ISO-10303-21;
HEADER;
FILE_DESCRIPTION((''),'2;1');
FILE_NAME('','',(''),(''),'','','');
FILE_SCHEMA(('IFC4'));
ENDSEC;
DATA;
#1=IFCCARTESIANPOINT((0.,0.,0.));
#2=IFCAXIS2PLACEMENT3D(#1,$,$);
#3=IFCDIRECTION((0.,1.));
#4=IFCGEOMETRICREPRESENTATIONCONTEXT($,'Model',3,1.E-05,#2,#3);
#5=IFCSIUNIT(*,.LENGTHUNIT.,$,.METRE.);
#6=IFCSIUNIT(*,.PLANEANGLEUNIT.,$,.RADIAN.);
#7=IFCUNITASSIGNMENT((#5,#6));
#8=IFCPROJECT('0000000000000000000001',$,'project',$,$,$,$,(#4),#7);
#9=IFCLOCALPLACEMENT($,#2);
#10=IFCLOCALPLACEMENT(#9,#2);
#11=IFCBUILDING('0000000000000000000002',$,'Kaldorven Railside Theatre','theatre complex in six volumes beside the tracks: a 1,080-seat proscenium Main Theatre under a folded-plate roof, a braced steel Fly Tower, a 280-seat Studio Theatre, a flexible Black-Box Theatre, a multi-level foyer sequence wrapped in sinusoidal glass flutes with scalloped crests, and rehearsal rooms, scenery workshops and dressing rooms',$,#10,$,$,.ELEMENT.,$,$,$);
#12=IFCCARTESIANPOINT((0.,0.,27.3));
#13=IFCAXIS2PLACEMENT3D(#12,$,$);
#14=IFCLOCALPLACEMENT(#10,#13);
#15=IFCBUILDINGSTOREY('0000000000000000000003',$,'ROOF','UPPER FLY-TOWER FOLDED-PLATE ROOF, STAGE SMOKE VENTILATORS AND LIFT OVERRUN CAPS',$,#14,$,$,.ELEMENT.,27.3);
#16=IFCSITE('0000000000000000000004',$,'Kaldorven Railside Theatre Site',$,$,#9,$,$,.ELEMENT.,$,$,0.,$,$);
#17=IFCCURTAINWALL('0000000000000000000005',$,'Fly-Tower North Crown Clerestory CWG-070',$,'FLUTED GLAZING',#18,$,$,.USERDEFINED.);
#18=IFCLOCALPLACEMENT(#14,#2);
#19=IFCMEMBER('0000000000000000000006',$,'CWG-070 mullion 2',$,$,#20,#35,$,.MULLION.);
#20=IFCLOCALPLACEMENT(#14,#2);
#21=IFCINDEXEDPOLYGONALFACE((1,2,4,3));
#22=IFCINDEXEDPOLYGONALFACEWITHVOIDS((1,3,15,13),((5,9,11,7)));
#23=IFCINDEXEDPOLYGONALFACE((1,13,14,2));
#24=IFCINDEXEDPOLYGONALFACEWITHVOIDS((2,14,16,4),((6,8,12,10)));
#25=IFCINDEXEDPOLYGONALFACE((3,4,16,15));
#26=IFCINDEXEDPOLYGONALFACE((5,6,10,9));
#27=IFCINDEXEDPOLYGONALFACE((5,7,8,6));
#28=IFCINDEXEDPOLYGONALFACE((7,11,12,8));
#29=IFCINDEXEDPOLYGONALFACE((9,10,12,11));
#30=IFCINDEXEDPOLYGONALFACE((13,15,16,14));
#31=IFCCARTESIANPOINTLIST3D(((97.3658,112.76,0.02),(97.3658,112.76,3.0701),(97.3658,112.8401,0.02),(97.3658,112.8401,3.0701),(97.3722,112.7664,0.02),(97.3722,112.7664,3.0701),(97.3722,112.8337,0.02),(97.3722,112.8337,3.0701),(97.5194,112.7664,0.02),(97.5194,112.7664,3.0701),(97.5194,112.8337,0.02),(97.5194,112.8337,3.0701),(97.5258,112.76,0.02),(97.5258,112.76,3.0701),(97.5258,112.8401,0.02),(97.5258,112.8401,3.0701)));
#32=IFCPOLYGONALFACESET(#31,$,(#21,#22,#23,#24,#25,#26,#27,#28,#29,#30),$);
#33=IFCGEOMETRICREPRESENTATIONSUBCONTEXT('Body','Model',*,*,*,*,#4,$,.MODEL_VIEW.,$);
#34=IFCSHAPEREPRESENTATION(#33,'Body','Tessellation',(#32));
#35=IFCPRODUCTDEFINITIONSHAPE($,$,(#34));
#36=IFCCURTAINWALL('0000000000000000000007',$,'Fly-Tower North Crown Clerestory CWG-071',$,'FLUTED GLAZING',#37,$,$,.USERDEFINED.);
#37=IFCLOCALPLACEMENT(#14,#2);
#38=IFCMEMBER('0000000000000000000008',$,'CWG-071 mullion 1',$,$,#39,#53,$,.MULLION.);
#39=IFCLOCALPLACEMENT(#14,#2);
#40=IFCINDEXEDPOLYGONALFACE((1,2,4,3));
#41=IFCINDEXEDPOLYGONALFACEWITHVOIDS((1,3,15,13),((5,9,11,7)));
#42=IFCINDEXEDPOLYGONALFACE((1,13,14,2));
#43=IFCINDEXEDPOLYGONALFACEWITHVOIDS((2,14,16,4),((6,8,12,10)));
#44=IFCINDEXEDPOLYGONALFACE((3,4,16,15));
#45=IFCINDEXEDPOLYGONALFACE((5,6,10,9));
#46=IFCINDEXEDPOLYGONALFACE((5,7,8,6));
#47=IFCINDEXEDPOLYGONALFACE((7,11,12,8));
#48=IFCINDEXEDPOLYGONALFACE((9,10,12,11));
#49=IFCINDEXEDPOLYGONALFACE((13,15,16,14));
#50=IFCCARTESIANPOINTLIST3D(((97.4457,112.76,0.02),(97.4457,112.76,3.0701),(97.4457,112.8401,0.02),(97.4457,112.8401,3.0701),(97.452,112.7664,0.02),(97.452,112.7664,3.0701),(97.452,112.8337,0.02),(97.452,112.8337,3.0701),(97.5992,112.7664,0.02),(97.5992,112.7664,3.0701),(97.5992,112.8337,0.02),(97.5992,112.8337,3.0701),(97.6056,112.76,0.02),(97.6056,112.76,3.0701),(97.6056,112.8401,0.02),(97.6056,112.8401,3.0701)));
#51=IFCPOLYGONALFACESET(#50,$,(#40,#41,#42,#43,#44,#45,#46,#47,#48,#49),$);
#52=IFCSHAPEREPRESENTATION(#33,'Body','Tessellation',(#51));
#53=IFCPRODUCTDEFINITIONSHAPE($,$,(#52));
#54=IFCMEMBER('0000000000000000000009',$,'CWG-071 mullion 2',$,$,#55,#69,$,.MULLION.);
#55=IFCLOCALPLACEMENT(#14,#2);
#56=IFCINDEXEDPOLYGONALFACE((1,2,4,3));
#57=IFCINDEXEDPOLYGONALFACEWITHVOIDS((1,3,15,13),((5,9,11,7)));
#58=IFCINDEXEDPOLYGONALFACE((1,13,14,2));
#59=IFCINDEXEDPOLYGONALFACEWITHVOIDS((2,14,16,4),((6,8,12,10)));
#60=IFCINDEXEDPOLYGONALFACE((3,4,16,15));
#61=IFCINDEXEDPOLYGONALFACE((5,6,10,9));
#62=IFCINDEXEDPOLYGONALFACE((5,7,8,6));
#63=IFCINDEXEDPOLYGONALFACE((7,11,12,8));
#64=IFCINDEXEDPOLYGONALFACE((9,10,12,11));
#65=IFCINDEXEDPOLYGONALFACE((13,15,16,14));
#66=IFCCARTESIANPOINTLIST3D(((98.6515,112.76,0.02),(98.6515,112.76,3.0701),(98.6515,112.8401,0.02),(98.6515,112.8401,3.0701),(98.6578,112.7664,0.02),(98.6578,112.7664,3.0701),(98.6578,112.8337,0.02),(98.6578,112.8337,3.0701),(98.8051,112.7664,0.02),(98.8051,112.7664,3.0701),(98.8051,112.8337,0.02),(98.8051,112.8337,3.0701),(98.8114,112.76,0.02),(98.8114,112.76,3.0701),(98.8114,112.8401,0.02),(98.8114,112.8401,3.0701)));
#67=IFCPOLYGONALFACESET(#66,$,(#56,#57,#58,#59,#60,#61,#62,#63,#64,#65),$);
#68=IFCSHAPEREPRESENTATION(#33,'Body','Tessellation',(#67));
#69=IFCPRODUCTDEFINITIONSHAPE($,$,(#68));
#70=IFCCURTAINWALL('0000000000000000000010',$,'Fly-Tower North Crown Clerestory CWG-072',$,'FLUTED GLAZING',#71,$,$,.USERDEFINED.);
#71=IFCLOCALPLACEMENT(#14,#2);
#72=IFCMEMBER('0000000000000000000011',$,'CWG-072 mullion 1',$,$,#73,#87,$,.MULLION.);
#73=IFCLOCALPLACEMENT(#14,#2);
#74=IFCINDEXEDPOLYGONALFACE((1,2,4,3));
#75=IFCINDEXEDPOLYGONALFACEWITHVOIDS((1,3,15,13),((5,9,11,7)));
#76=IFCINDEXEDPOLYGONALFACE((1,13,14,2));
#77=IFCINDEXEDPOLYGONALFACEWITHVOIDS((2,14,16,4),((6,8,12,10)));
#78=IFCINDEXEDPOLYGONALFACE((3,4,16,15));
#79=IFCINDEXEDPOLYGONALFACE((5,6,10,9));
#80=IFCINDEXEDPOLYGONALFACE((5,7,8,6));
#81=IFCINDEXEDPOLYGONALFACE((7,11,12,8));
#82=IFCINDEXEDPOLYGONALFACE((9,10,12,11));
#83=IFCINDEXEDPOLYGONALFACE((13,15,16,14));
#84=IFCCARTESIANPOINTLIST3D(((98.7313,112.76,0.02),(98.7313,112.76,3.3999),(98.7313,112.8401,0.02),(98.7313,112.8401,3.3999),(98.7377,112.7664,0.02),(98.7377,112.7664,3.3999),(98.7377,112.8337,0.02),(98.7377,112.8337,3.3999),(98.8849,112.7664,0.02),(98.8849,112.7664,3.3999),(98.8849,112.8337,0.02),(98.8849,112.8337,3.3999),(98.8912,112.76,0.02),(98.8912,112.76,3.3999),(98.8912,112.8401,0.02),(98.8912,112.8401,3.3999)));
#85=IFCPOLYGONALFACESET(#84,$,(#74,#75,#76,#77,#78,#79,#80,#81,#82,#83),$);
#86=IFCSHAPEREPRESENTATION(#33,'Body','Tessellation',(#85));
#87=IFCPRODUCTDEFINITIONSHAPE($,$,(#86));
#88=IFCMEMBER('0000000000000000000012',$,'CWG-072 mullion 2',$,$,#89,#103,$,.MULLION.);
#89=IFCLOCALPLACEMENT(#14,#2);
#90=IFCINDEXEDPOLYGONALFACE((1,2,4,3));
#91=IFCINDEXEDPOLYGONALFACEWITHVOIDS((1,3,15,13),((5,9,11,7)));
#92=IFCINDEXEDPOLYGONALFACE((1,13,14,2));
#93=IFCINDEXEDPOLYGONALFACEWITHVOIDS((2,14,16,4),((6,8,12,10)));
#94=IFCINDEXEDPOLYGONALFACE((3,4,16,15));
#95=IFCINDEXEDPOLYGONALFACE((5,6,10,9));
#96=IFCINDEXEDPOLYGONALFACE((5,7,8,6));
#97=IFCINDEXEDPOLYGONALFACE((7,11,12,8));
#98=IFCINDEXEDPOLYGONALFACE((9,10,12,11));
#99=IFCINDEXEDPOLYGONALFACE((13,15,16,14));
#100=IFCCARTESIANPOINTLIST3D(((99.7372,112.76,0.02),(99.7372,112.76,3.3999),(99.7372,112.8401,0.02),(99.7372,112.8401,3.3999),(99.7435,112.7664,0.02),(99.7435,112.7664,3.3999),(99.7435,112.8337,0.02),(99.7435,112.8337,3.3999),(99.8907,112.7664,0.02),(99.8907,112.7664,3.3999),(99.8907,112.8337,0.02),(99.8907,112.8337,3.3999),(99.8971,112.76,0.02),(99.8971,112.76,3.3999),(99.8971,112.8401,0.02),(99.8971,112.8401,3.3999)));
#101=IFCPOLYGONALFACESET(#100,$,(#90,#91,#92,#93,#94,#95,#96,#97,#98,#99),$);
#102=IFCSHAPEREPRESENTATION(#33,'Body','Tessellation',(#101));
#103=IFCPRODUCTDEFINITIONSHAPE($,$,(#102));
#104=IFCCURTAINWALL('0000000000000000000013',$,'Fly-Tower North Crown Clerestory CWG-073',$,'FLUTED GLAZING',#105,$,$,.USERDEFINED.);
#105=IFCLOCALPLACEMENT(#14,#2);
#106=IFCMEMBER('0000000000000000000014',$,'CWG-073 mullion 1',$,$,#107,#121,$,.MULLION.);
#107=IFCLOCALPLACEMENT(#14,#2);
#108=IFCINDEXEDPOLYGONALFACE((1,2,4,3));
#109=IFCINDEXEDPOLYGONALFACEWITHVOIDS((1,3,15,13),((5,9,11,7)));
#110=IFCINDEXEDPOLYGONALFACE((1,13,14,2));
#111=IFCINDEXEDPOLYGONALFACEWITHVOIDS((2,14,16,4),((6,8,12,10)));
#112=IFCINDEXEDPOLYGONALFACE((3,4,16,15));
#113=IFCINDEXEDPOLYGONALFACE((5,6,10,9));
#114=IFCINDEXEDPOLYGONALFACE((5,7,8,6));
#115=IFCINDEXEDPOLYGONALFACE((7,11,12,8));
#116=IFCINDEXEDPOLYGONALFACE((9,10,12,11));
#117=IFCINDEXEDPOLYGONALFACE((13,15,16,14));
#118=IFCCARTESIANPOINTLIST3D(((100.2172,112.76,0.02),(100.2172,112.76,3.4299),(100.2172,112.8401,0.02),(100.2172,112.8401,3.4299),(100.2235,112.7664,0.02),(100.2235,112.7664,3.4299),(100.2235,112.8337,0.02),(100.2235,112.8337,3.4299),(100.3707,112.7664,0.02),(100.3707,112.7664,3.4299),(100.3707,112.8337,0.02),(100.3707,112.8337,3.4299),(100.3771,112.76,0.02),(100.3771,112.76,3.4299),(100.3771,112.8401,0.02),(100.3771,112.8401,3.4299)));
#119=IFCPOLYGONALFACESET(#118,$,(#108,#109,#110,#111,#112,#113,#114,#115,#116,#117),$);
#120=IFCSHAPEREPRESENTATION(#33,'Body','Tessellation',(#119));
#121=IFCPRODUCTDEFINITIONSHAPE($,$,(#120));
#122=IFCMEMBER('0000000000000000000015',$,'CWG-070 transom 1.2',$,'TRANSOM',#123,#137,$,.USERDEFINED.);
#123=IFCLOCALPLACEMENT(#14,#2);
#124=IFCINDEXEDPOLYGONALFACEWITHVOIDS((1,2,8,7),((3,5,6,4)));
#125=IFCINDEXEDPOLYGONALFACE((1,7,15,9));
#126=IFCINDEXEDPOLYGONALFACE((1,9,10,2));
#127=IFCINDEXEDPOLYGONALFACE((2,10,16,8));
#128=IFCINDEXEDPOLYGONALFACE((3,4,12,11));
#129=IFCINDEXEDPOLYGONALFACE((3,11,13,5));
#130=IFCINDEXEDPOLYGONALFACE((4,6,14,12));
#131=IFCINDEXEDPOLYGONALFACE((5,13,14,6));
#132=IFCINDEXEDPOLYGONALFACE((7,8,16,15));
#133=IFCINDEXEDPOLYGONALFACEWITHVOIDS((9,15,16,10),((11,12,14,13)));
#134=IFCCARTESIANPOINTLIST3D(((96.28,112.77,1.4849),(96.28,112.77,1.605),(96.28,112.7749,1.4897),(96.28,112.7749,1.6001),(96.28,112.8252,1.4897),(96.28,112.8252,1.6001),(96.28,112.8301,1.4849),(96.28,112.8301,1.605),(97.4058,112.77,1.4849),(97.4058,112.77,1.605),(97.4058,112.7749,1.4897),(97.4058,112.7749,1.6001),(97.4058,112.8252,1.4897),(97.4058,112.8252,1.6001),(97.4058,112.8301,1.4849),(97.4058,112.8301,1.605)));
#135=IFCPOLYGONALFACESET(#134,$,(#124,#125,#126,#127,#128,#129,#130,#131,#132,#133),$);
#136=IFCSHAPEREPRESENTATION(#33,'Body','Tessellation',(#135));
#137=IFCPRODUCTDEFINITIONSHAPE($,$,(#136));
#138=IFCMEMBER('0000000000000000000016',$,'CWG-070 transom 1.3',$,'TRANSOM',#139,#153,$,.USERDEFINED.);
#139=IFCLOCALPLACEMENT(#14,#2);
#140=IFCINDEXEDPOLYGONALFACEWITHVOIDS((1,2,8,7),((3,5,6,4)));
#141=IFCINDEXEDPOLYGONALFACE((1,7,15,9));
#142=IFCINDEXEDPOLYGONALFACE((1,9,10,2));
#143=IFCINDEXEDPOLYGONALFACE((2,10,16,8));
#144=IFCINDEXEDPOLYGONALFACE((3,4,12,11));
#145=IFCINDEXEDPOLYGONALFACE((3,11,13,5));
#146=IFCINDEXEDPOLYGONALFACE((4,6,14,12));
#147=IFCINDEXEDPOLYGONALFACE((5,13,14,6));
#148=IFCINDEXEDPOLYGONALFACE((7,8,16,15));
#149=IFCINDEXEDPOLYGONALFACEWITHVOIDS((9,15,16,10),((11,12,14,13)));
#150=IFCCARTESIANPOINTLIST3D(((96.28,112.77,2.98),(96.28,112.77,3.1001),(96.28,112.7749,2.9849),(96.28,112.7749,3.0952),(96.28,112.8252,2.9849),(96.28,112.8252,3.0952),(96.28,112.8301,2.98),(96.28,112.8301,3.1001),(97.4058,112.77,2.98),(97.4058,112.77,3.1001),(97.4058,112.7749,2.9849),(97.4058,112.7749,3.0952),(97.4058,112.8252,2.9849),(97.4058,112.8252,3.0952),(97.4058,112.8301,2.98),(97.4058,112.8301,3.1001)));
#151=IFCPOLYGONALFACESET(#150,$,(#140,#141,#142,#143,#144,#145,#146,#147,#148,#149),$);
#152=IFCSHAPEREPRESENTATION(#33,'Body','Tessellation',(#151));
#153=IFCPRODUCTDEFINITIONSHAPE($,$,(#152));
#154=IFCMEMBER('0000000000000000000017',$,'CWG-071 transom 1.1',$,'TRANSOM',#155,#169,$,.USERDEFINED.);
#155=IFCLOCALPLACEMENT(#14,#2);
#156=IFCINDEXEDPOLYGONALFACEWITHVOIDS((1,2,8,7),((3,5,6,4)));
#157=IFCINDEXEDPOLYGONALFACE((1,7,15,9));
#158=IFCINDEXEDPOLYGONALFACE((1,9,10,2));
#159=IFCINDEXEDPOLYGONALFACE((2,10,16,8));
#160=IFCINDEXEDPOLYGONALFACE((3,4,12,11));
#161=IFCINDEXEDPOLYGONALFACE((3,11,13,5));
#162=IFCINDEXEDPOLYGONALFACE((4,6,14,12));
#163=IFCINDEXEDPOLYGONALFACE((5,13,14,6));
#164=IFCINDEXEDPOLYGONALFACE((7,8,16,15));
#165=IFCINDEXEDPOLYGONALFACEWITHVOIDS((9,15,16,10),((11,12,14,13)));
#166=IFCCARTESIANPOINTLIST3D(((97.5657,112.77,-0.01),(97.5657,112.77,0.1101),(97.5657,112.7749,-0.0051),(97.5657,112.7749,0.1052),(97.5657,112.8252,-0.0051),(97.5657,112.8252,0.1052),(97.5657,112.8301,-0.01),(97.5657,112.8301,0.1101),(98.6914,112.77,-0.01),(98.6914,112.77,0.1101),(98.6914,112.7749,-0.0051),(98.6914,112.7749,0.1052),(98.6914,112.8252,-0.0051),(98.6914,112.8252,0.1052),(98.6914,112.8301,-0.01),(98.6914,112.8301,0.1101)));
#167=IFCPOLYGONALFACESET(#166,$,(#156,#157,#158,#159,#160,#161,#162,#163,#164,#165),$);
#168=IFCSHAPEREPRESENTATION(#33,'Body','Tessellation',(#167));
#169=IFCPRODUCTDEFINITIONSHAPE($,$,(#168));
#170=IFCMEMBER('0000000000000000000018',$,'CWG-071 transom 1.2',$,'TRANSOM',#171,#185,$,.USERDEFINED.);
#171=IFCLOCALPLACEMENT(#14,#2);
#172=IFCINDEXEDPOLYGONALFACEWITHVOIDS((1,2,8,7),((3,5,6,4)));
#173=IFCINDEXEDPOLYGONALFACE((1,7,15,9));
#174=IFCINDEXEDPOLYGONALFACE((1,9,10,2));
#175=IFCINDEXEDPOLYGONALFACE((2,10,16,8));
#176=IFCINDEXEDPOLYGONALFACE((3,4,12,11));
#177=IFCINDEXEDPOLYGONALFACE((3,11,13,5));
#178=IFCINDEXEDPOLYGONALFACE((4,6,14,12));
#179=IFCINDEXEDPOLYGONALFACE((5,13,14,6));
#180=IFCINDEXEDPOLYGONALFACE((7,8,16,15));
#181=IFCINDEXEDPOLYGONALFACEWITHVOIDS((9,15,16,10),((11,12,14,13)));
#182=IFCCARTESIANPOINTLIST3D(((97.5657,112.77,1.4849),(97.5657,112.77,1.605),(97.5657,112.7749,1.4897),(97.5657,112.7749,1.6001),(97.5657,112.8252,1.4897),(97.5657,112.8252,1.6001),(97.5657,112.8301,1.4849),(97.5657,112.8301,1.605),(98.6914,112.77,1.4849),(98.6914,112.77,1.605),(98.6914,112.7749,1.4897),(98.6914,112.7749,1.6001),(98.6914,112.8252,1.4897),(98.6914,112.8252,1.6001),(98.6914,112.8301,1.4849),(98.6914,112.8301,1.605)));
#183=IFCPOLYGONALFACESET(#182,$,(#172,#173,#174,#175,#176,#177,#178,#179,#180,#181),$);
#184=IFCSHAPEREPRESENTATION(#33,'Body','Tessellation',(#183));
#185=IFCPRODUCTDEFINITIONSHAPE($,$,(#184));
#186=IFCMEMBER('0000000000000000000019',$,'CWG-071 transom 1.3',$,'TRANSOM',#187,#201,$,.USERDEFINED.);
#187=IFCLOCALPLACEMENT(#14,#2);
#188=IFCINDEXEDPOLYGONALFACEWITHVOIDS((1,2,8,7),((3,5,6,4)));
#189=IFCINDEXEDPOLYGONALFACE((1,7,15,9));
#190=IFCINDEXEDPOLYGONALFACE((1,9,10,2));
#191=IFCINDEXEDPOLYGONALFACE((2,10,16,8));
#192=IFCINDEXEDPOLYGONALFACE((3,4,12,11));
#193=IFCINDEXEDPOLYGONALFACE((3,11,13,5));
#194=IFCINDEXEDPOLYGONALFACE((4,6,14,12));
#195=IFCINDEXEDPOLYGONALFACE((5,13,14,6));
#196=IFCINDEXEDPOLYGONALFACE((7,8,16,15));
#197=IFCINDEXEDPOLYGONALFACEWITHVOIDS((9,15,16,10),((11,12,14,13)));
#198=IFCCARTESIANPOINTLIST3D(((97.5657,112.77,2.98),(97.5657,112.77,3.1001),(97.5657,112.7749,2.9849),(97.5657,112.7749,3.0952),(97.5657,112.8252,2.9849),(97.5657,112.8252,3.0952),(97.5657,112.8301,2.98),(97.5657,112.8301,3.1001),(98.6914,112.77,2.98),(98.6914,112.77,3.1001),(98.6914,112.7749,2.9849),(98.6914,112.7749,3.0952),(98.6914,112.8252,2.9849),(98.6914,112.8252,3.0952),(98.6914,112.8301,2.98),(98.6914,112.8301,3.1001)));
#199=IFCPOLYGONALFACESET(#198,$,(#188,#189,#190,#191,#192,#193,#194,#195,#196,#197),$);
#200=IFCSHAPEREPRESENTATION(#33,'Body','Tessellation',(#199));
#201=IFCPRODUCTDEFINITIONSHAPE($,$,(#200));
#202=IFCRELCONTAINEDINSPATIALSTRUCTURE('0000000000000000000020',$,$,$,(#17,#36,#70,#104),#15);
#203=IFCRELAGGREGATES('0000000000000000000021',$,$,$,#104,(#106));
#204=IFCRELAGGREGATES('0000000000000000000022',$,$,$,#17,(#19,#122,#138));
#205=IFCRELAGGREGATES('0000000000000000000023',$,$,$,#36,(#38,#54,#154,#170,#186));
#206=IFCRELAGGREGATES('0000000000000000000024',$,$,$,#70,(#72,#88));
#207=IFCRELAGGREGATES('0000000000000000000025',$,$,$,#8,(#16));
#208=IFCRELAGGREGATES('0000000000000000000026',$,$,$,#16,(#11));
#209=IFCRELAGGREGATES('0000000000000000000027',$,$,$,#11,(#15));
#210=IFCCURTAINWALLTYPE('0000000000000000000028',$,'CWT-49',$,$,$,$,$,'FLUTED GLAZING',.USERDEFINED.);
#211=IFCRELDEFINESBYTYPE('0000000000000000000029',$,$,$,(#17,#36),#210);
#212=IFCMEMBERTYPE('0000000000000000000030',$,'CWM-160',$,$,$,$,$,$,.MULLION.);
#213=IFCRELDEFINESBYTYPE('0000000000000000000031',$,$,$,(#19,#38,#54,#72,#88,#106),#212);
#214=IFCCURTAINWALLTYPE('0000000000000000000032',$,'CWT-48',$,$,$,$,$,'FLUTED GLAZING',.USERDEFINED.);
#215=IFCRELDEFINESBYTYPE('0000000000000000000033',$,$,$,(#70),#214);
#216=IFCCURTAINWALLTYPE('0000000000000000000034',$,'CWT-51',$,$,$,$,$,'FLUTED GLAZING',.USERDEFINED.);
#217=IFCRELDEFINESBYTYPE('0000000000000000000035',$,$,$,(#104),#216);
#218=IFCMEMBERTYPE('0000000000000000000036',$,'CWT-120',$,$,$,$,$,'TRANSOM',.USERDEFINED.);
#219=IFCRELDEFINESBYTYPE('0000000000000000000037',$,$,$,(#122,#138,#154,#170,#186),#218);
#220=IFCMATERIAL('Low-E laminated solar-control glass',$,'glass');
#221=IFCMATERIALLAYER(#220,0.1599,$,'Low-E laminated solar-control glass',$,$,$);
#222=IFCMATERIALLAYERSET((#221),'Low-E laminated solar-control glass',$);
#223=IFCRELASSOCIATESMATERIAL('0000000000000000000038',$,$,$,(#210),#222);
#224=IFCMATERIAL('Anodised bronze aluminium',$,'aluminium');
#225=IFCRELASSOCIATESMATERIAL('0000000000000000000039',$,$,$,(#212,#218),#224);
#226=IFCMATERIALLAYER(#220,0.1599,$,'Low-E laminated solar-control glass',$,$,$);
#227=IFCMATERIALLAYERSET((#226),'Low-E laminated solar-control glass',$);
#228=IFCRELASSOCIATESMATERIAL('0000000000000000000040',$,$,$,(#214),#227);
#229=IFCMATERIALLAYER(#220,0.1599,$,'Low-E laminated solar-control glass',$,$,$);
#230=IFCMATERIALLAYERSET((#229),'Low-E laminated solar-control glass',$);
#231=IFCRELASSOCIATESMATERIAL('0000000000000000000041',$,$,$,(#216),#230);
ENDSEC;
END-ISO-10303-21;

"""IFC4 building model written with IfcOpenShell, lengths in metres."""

from ifc_helpers import new_model, si_unit, direction, frame, origin, origin_2d, place, context, subcontext, project, spatial, hollow_rectangle, extrude, material, layer, layer_set, material_profile, profile_set, type_object, element, aggregate, save


model = new_model("IFC4")

# Units and contexts
model_context = context("Model", 3, precision=1e-05, world=origin(), true_north=direction((0.0, 1.0)))
body_context = subcontext(model_context, "Body", "Model", "MODEL_VIEW")
ifc_project = project(units=[si_unit("LENGTHUNIT", "METRE"), si_unit("PLANEANGLEUNIT", "RADIAN")], contexts=[model_context])

# Site, building, storey
site_placement = place(None, origin())
site = spatial("IfcSite", under=ifc_project, at=site_placement, Name="Kaldorven Railside Theatre Site", CompositionType="ELEMENT", RefElevation=0.0)
building_placement = place(site_placement, origin())
building = spatial("IfcBuilding", under=site, at=building_placement, Name="Kaldorven Railside Theatre", Description="theatre complex in six volumes beside the tracks: a 1,080-seat proscenium Main Theatre under a folded-plate roof, a braced steel Fly Tower, a 280-seat Studio Theatre, a flexible Black-Box Theatre, a multi-level foyer sequence wrapped in sinusoidal glass flutes with scalloped crests, and rehearsal rooms, scenery workshops and dressing rooms", CompositionType="ELEMENT")
storey_placement = place(building_placement, frame((0.0, 0.0, 27.3)))
storey = spatial("IfcBuildingStorey", under=building, at=storey_placement, Name="ROOF", Description="UPPER FLY-TOWER FOLDED-PLATE ROOF, STAGE SMOKE VENTILATORS AND LIFT OVERRUN CAPS", CompositionType="ELEMENT", Elevation=27.3)

# Curtain wall, member
ifc_material_1 = material(Name="Low-E laminated solar-control glass", Category="glass")
ifc_layer_1 = layer(ifc_material_1, 0.1599, Name="Low-E laminated solar-control glass")
ifc_layer_set_1 = layer_set([ifc_layer_1], Name="Low-E laminated solar-control glass")
curtain_wall_type_1 = type_object("IfcCurtainWallType", Name="CWT-49", ElementType="FLUTED GLAZING", PredefinedType="USERDEFINED", material=ifc_layer_set_1)
curtain_wall_1_placement = place(storey_placement, origin())
curtain_wall_1 = element("IfcCurtainWall", 1, at=curtain_wall_1_placement, inside=storey, type_object=curtain_wall_type_1, Name="Fly-Tower North Crown Clerestory CWG-070", ObjectType="FLUTED GLAZING", PredefinedType="USERDEFINED")
ifc_material_2 = material(Name="Anodised bronze aluminium", Category="aluminium")
ifc_material_profile_1 = material_profile(ifc_material_2, hollow_rectangle(XDim=0.0801, YDim=0.1599, WallThickness=0.0063, at=origin_2d()), Name="RHS 160x80x6.3")
ifc_profile_set_1 = profile_set([ifc_material_profile_1], Name="Anodised bronze aluminium")
member_type_1 = type_object("IfcMemberType", Name="CWM-160", PredefinedType="MULLION", material=ifc_profile_set_1)
member_1_placement = place(storey_placement, frame((97.4458, 112.8, 0.02), z_axis=(0.0, 0.0, 1.0), x_axis=(0.0, 1.0, 0.0)))
member_1 = element("IfcMember", 2, at=member_1_placement, type_object=member_type_1, Name="CWG-070 mullion 2", PredefinedType="MULLION", context=body_context, shape_type="SweptSolid", body=[
    extrude(hollow_rectangle(XDim=0.0801, YDim=0.1599, WallThickness=0.0063, at=origin_2d()), origin(), (0.0, 0.0, 1.0), 3.05),
])

# Curtain walls, members
curtain_wall_2_placement = place(storey_placement, origin())
curtain_wall_2 = element("IfcCurtainWall", 3, at=curtain_wall_2_placement, inside=storey, type_object=curtain_wall_type_1, Name="Fly-Tower North Crown Clerestory CWG-071", ObjectType="FLUTED GLAZING", PredefinedType="USERDEFINED")
member_2_placement = place(storey_placement, frame((97.5256, 112.8, 0.02), z_axis=(0.0, 0.0, 1.0), x_axis=(0.0, 1.0, 0.0)))
member_2 = element("IfcMember", 4, at=member_2_placement, type_object=member_type_1, Name="CWG-071 mullion 1", PredefinedType="MULLION", context=body_context, shape_type="SweptSolid", body=[
    extrude(hollow_rectangle(XDim=0.0801, YDim=0.1599, WallThickness=0.0063, at=origin_2d()), origin(), (0.0, 0.0, 1.0), 3.05),
])
member_3_placement = place(storey_placement, frame((98.7314, 112.8, 0.02), z_axis=(0.0, 0.0, 1.0), x_axis=(0.0, 1.0, 0.0)))
member_3 = element("IfcMember", 5, at=member_3_placement, type_object=member_type_1, Name="CWG-071 mullion 2", PredefinedType="MULLION", context=body_context, shape_type="SweptSolid", body=[
    extrude(hollow_rectangle(XDim=0.0801, YDim=0.1599, WallThickness=0.0063, at=origin_2d()), origin(), (0.0, 0.0, 1.0), 3.05),
])
ifc_layer_2 = layer(ifc_material_1, 0.1599, Name="Low-E laminated solar-control glass")
ifc_layer_set_2 = layer_set([ifc_layer_2], Name="Low-E laminated solar-control glass")
curtain_wall_type_2 = type_object("IfcCurtainWallType", Name="CWT-48", ElementType="FLUTED GLAZING", PredefinedType="USERDEFINED", material=ifc_layer_set_2)
curtain_wall_3_placement = place(storey_placement, origin())
curtain_wall_3 = element("IfcCurtainWall", 6, at=curtain_wall_3_placement, inside=storey, type_object=curtain_wall_type_2, Name="Fly-Tower North Crown Clerestory CWG-072", ObjectType="FLUTED GLAZING", PredefinedType="USERDEFINED")
member_4_placement = place(storey_placement, frame((98.8113, 112.8, 0.02), z_axis=(0.0, 0.0, 1.0), x_axis=(0.0, 1.0, 0.0)))
member_4 = element("IfcMember", 7, at=member_4_placement, type_object=member_type_1, Name="CWG-072 mullion 1", PredefinedType="MULLION", context=body_context, shape_type="SweptSolid", body=[
    extrude(hollow_rectangle(XDim=0.0801, YDim=0.1599, WallThickness=0.0063, at=origin_2d()), origin(), (0.0, 0.0, 1.0), 3.3799),
])
member_5_placement = place(storey_placement, frame((99.8171, 112.8, 0.02), z_axis=(0.0, 0.0, 1.0), x_axis=(0.0, 1.0, 0.0)))
member_5 = element("IfcMember", 8, at=member_5_placement, type_object=member_type_1, Name="CWG-072 mullion 2", PredefinedType="MULLION", context=body_context, shape_type="SweptSolid", body=[
    extrude(hollow_rectangle(XDim=0.0801, YDim=0.1599, WallThickness=0.0063, at=origin_2d()), origin(), (0.0, 0.0, 1.0), 3.3799),
])

# Curtain wall, member
ifc_layer_3 = layer(ifc_material_1, 0.1599, Name="Low-E laminated solar-control glass")
ifc_layer_set_3 = layer_set([ifc_layer_3], Name="Low-E laminated solar-control glass")
curtain_wall_type_3 = type_object("IfcCurtainWallType", Name="CWT-51", ElementType="FLUTED GLAZING", PredefinedType="USERDEFINED", material=ifc_layer_set_3)
curtain_wall_4_placement = place(storey_placement, origin())
curtain_wall_4 = element("IfcCurtainWall", 9, at=curtain_wall_4_placement, inside=storey, type_object=curtain_wall_type_3, Name="Fly-Tower North Crown Clerestory CWG-073", ObjectType="FLUTED GLAZING", PredefinedType="USERDEFINED")
member_6_placement = place(storey_placement, frame((100.2971, 112.8, 0.02), z_axis=(0.0, 0.0, 1.0), x_axis=(0.0, 1.0, 0.0)))
member_6 = element("IfcMember", 10, at=member_6_placement, type_object=member_type_1, Name="CWG-073 mullion 1", PredefinedType="MULLION", context=body_context, shape_type="SweptSolid", body=[
    extrude(hollow_rectangle(XDim=0.0801, YDim=0.1599, WallThickness=0.0063, at=origin_2d()), origin(), (0.0, 0.0, 1.0), 3.4099),
])

# Members
ifc_material_profile_2 = material_profile(ifc_material_2, hollow_rectangle(XDim=0.0601, YDim=0.1201, WallThickness=0.0049, at=origin_2d()), Name="RHS 120x60x5")
ifc_profile_set_2 = profile_set([ifc_material_profile_2], Name="Anodised bronze aluminium")
member_type_2 = type_object("IfcMemberType", Name="CWT-120", ElementType="TRANSOM", PredefinedType="USERDEFINED", material=ifc_profile_set_2)
member_7_placement = place(storey_placement, frame((96.28, 112.8, 1.5449), z_axis=(1.0, 0.0, 0.0), x_axis=(0.0, 1.0, 0.0)))
member_7 = element("IfcMember", 11, at=member_7_placement, type_object=member_type_2, Name="CWG-070 transom 1.2", ObjectType="TRANSOM", PredefinedType="USERDEFINED", context=body_context, shape_type="SweptSolid", body=[
    extrude(hollow_rectangle(XDim=0.0601, YDim=0.1201, WallThickness=0.0049, at=origin_2d()), origin(), (0.0, 0.0, 1.0), 1.1257),
])
member_8_placement = place(storey_placement, frame((96.28, 112.8, 3.04), z_axis=(1.0, 0.0, 0.0), x_axis=(0.0, 1.0, 0.0)))
member_8 = element("IfcMember", 12, at=member_8_placement, type_object=member_type_2, Name="CWG-070 transom 1.3", ObjectType="TRANSOM", PredefinedType="USERDEFINED", context=body_context, shape_type="SweptSolid", body=[
    extrude(hollow_rectangle(XDim=0.0601, YDim=0.1201, WallThickness=0.0049, at=origin_2d()), origin(), (0.0, 0.0, 1.0), 1.1257),
])
member_9_placement = place(storey_placement, frame((97.5657, 112.8, 0.05), z_axis=(1.0, 0.0, 0.0), x_axis=(0.0, 1.0, 0.0)))
member_9 = element("IfcMember", 13, at=member_9_placement, type_object=member_type_2, Name="CWG-071 transom 1.1", ObjectType="TRANSOM", PredefinedType="USERDEFINED", context=body_context, shape_type="SweptSolid", body=[
    extrude(hollow_rectangle(XDim=0.0601, YDim=0.1201, WallThickness=0.0049, at=origin_2d()), origin(), (0.0, 0.0, 1.0), 1.1257),
])
member_10_placement = place(storey_placement, frame((97.5657, 112.8, 1.5449), z_axis=(1.0, 0.0, 0.0), x_axis=(0.0, 1.0, 0.0)))
member_10 = element("IfcMember", 14, at=member_10_placement, type_object=member_type_2, Name="CWG-071 transom 1.2", ObjectType="TRANSOM", PredefinedType="USERDEFINED", context=body_context, shape_type="SweptSolid", body=[
    extrude(hollow_rectangle(XDim=0.0601, YDim=0.1201, WallThickness=0.0049, at=origin_2d()), origin(), (0.0, 0.0, 1.0), 1.1257),
])
member_11_placement = place(storey_placement, frame((97.5657, 112.8, 3.04), z_axis=(1.0, 0.0, 0.0), x_axis=(0.0, 1.0, 0.0)))
member_11 = element("IfcMember", 15, at=member_11_placement, type_object=member_type_2, Name="CWG-071 transom 1.3", ObjectType="TRANSOM", PredefinedType="USERDEFINED", context=body_context, shape_type="SweptSolid", body=[
    extrude(hollow_rectangle(XDim=0.0601, YDim=0.1201, WallThickness=0.0049, at=origin_2d()), origin(), (0.0, 0.0, 1.0), 1.1257),
])
aggregate(curtain_wall_4, [member_6])

aggregate(curtain_wall_1, [member_1, member_7, member_8])
aggregate(curtain_wall_2, [member_2, member_3, member_9, member_10, member_11])
aggregate(curtain_wall_3, [member_4, member_5])

save(model, "model.ifc")
